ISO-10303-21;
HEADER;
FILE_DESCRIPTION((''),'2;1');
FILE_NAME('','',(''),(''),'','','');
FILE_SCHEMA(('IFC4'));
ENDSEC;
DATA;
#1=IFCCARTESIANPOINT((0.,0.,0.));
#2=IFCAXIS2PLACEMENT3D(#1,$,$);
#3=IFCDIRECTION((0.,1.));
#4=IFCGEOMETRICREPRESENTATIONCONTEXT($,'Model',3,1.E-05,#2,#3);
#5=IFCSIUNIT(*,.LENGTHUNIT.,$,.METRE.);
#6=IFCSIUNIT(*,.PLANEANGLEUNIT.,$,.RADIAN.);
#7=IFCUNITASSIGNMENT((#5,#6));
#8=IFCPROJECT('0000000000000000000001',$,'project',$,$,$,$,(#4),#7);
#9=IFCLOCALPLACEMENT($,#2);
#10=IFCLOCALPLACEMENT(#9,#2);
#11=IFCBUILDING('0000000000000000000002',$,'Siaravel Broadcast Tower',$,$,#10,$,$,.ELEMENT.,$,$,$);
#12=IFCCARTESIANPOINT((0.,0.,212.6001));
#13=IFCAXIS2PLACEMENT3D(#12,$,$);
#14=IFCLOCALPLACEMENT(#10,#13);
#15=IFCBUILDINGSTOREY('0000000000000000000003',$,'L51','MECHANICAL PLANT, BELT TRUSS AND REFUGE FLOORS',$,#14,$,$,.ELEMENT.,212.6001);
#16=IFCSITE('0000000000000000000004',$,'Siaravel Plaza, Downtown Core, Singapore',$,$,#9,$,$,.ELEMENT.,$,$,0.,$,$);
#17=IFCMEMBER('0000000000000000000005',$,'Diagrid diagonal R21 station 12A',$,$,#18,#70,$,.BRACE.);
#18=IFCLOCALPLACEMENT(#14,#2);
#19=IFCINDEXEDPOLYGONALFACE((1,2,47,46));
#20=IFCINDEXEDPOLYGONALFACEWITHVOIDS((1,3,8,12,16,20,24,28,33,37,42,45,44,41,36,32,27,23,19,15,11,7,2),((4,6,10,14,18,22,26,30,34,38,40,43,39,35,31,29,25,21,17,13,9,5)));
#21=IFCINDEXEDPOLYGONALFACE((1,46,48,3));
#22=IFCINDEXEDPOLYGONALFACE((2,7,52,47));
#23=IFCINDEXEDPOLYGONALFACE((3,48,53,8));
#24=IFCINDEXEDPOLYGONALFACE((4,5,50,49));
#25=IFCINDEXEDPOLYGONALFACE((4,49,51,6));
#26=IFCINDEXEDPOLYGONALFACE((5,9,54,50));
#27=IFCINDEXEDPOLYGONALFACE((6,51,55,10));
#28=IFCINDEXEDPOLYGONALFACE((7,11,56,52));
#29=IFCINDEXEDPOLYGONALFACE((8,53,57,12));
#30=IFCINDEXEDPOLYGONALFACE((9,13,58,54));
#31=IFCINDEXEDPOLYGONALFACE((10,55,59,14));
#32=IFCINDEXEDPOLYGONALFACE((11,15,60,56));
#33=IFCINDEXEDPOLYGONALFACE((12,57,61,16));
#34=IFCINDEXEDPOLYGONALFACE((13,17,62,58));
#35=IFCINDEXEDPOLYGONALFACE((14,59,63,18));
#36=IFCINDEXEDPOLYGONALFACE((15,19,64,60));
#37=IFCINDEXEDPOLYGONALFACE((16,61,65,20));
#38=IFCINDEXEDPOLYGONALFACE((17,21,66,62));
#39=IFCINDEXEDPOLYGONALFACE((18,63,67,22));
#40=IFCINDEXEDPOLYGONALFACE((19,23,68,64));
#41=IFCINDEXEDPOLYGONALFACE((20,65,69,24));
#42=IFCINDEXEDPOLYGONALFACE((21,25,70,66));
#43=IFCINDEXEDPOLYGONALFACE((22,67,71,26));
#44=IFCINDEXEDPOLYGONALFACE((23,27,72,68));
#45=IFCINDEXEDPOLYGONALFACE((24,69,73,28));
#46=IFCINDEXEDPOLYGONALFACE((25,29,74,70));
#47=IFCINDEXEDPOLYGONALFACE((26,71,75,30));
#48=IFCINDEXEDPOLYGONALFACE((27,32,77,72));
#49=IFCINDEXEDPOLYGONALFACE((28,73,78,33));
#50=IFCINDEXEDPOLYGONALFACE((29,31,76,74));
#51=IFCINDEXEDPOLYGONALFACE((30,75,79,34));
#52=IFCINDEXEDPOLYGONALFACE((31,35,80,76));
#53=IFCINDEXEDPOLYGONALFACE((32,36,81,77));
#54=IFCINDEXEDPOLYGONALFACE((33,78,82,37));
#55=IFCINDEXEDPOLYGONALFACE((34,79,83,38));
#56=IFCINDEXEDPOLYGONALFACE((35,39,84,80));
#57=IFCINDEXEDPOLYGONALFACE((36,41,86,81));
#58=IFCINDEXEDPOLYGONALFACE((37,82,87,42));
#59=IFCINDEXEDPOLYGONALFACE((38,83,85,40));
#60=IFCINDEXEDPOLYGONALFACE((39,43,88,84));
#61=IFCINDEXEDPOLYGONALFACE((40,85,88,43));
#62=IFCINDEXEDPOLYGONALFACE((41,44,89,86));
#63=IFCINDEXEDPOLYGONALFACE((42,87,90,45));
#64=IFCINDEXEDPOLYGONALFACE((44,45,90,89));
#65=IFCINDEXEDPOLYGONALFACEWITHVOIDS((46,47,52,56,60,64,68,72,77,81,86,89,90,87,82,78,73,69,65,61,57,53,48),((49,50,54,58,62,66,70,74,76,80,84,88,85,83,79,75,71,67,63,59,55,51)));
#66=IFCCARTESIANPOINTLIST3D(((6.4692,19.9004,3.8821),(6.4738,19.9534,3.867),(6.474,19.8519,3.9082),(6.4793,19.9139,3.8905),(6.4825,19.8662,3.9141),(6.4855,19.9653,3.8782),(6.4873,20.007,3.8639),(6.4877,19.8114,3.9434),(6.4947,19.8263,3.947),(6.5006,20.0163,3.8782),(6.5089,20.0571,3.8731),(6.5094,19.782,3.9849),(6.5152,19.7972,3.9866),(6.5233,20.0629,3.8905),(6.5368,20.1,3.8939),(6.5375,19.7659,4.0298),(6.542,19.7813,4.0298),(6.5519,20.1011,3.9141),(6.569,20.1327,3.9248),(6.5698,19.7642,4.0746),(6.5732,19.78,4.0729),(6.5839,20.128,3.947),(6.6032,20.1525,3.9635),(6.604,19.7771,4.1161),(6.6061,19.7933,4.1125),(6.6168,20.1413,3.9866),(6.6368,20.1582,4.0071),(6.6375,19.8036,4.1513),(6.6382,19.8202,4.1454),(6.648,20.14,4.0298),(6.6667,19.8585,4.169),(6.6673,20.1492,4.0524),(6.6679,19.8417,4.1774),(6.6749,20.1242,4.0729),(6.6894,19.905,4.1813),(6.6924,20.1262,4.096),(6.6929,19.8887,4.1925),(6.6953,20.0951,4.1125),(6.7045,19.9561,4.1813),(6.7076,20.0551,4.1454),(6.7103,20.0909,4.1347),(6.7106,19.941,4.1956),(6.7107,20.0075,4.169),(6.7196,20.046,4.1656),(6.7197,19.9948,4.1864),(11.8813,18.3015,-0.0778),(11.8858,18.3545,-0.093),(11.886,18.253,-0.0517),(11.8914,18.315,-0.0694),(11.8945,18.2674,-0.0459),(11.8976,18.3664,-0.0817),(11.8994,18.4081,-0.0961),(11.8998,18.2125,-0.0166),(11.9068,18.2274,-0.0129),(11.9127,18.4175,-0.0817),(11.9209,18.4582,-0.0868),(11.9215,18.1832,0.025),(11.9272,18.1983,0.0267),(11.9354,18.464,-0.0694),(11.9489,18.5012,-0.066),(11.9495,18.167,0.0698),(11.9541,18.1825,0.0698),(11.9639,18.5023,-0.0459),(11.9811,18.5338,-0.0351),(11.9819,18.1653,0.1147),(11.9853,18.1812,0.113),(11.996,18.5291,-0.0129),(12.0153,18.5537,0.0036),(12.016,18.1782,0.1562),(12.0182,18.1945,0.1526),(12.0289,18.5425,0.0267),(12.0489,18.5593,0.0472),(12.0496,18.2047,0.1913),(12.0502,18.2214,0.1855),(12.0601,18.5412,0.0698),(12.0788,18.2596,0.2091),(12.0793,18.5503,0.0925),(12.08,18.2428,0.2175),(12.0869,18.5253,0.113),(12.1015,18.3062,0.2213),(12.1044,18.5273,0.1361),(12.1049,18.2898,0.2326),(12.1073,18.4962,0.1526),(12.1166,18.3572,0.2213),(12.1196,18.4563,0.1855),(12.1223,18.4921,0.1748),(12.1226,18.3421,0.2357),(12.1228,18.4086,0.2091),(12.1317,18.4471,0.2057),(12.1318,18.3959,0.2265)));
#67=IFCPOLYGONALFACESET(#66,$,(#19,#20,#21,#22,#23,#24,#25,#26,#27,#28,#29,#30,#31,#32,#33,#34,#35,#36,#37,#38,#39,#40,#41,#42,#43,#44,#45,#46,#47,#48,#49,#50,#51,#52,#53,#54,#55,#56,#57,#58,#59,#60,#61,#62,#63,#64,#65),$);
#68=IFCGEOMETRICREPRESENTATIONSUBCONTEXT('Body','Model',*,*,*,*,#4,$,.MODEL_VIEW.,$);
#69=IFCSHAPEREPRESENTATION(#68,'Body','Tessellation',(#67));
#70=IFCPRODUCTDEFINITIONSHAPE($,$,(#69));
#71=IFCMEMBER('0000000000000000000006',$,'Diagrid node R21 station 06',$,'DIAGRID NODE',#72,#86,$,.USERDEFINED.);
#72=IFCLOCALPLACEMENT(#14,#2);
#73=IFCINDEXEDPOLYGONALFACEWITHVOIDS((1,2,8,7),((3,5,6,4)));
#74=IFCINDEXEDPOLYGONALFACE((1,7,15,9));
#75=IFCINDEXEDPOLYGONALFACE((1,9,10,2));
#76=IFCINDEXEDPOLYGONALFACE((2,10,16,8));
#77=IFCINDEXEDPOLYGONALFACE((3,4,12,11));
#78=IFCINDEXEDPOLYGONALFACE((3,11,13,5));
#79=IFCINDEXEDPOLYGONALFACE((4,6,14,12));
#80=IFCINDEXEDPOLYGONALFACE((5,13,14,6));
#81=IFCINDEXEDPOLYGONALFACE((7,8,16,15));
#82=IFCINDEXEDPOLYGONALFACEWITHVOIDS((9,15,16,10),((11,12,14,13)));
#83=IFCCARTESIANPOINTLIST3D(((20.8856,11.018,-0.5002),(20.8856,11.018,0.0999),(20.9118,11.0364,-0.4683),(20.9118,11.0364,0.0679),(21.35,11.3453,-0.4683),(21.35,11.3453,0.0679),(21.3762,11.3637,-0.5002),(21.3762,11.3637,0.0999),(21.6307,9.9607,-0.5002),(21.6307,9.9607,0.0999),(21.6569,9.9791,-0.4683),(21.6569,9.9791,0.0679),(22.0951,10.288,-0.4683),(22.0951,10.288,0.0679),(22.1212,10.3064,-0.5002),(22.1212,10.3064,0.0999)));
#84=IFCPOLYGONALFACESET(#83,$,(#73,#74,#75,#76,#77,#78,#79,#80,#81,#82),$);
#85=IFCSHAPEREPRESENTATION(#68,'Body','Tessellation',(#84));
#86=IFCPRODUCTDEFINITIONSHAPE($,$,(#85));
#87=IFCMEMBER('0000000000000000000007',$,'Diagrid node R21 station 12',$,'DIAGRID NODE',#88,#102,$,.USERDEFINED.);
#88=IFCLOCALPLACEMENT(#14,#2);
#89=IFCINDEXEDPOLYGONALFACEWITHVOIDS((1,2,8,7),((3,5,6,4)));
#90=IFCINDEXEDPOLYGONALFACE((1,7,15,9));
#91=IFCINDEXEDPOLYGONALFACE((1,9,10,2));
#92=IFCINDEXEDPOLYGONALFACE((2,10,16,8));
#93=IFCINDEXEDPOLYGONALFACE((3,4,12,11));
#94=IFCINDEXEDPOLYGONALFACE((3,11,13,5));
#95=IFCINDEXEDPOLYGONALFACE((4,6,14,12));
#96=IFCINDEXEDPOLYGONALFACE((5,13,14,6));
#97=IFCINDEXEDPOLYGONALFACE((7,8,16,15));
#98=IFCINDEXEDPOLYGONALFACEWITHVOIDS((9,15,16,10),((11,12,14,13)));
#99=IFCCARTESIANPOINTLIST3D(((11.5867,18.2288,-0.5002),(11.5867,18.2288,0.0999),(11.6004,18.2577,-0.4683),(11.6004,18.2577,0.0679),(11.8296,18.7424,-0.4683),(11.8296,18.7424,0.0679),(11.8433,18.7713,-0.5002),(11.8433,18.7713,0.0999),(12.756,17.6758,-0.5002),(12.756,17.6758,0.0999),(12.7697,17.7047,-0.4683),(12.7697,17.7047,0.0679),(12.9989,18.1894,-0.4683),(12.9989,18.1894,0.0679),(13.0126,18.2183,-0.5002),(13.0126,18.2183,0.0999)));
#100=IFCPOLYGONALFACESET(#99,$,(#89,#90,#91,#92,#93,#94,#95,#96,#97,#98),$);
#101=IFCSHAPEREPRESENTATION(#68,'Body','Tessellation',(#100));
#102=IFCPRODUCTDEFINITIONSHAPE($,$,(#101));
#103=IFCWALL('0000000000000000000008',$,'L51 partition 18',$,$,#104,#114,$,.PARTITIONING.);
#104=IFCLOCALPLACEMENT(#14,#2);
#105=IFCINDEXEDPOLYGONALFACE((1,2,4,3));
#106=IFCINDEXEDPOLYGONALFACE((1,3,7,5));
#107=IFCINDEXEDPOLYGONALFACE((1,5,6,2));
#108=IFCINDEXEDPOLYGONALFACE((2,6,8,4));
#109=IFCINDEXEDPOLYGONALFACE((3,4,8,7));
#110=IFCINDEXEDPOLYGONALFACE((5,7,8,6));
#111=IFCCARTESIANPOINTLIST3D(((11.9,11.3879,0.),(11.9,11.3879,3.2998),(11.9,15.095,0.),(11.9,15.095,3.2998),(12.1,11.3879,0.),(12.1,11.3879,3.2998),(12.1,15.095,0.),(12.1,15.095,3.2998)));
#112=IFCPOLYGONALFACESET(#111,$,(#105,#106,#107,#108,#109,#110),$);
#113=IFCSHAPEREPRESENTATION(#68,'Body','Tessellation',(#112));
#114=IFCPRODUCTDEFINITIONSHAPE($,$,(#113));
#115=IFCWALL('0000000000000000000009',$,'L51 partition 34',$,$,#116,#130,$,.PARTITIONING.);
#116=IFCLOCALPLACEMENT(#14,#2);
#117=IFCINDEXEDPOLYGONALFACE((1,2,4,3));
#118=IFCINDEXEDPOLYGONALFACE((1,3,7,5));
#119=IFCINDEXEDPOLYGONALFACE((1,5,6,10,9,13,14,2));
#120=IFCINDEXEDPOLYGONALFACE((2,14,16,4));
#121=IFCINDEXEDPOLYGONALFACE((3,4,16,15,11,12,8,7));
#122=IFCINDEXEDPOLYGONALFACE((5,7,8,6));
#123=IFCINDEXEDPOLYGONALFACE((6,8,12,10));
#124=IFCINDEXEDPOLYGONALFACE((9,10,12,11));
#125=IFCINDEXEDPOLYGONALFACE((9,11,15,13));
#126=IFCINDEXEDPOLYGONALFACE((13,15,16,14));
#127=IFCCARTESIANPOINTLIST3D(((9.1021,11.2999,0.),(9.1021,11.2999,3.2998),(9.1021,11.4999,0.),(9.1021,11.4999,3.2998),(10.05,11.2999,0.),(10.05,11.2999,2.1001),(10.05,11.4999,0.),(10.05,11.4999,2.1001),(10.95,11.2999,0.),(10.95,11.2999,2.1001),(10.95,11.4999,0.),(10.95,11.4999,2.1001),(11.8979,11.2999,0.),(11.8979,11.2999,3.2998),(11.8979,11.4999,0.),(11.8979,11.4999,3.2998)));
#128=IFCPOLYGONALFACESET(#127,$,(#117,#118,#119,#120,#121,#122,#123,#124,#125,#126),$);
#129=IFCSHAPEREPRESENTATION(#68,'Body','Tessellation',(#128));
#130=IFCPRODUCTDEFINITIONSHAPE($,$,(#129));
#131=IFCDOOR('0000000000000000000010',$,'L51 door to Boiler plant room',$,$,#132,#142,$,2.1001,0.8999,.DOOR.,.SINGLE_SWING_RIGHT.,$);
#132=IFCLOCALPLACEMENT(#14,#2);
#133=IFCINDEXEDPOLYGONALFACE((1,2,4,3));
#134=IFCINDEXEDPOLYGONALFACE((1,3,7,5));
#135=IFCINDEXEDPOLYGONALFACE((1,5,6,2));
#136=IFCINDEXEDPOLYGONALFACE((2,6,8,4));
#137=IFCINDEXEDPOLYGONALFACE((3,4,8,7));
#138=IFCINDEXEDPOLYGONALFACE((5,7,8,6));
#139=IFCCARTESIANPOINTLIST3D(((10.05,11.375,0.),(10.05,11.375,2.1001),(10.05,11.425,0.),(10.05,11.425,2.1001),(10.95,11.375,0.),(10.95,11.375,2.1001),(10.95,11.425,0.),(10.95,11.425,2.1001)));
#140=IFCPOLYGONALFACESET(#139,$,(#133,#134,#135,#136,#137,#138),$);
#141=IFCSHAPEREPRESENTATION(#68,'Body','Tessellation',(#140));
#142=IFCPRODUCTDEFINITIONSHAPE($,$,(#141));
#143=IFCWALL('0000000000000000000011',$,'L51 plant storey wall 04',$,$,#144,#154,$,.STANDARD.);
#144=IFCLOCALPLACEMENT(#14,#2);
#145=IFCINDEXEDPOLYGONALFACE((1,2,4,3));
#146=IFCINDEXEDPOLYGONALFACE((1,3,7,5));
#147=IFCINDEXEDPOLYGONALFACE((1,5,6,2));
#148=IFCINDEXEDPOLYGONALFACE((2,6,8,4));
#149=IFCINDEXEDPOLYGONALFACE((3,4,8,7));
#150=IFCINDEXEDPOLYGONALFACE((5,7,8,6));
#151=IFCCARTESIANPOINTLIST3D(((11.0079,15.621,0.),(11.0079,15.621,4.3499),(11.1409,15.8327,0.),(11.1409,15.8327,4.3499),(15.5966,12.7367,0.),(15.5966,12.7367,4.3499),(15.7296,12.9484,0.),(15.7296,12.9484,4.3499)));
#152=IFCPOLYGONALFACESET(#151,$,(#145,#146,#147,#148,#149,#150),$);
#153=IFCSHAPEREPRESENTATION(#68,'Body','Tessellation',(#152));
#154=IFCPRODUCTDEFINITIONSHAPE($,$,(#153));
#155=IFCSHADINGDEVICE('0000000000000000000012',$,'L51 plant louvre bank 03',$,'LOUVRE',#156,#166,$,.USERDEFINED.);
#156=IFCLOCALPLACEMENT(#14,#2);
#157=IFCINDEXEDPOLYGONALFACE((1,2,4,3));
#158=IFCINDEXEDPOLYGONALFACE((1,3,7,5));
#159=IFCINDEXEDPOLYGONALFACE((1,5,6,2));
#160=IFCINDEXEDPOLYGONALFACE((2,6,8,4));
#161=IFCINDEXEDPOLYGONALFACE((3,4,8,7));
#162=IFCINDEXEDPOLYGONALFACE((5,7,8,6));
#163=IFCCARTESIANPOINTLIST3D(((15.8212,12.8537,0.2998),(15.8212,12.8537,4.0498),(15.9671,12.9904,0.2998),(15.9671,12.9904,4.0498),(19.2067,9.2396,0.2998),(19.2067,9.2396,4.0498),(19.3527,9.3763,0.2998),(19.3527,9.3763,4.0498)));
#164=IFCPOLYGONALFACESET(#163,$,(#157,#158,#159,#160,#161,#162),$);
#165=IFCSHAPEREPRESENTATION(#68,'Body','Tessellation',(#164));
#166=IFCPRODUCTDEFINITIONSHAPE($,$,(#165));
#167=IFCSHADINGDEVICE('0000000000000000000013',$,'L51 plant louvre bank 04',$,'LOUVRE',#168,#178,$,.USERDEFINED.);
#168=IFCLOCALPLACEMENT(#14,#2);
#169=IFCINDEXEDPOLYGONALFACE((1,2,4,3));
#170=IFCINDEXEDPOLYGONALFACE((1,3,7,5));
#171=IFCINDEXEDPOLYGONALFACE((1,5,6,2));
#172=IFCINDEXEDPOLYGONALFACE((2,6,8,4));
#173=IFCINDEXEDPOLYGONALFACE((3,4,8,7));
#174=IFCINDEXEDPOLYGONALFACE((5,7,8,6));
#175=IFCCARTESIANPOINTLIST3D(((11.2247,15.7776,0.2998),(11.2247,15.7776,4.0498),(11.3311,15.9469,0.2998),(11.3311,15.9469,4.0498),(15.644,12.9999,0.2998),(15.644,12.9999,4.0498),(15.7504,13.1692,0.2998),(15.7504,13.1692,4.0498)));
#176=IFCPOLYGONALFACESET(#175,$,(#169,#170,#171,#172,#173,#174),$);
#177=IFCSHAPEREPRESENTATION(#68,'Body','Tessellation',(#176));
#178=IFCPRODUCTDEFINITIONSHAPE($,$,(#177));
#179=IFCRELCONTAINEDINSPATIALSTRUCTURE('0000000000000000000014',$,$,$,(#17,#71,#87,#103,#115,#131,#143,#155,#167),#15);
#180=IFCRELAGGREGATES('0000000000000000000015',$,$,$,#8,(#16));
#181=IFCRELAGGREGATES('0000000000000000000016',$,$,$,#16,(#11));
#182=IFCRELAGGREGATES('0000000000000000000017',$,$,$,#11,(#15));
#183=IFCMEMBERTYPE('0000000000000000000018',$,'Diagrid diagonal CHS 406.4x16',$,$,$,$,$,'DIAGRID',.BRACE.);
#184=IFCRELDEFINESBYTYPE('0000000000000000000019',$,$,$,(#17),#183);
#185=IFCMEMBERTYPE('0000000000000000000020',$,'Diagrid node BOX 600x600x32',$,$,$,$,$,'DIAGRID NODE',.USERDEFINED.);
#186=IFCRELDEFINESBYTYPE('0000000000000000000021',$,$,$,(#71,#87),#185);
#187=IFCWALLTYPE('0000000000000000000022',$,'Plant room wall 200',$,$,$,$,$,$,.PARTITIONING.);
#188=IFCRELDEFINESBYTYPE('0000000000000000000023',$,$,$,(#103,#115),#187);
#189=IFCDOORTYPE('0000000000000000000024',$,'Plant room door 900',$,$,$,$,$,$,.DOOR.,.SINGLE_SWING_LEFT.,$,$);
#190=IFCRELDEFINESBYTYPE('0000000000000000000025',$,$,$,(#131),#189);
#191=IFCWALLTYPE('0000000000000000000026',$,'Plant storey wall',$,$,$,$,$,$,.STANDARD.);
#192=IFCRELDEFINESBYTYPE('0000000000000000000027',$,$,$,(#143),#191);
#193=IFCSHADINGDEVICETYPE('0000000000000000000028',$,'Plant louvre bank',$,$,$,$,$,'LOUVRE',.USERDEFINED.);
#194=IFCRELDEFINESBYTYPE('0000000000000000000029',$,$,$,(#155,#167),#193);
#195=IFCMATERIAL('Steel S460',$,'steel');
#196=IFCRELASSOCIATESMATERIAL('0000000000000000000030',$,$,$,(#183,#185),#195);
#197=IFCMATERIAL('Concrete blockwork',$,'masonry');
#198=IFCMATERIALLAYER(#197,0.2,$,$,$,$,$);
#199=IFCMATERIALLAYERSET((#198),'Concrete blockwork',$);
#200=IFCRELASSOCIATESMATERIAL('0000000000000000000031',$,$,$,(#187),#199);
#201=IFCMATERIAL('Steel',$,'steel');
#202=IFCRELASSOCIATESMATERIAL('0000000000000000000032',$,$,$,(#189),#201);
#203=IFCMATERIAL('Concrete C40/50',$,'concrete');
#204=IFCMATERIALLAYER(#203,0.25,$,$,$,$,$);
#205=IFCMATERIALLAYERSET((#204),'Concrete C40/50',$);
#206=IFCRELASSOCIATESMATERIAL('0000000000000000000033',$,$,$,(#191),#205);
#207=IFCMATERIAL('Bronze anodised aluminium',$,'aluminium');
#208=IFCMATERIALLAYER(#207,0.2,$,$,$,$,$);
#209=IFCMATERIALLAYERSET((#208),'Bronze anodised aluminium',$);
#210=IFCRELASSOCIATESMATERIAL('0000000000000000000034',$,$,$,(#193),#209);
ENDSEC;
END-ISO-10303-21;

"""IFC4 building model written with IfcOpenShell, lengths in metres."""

from ifc_helpers import new_model, si_unit, direction, frame, frame_2d, origin, origin_2d, place, context, subcontext, project, spatial, rectangle, hollow_rectangle, hollow_circle, extrude, material, layer, layer_set, material_profile, profile_set, type_object, element, fill, save


model = new_model("IFC4")

# Units and contexts
model_context = context("Model", 3, precision=1e-05, world=origin(), true_north=direction((0.0, 1.0)))
body_context = subcontext(model_context, "Body", "Model", "MODEL_VIEW")
ifc_project = project(units=[si_unit("LENGTHUNIT", "METRE"), si_unit("PLANEANGLEUNIT", "RADIAN")], contexts=[model_context])

# Site, building, storey
site_placement = place(None, origin())
site = spatial("IfcSite", under=ifc_project, at=site_placement, Name="Siaravel Plaza, Downtown Core, Singapore", CompositionType="ELEMENT", RefElevation=0.0)
building_placement = place(site_placement, origin())
building = spatial("IfcBuilding", under=site, at=building_placement, Name="Siaravel Broadcast Tower", CompositionType="ELEMENT")
storey_placement = place(building_placement, frame((0.0, 0.0, 212.6001)))
storey = spatial("IfcBuildingStorey", under=building, at=storey_placement, Name="L51", Description="MECHANICAL PLANT, BELT TRUSS AND REFUGE FLOORS", CompositionType="ELEMENT", Elevation=212.6001)

# Shared definitions
ifc_material_1 = material(Name="Steel S460", Category="steel")

# Members
ifc_material_profile_1 = material_profile(ifc_material_1, hollow_circle(Radius=0.2031, WallThickness=0.0161, at=origin_2d()))
ifc_profile_set_1 = profile_set([ifc_material_profile_1], Name="Steel S460")
member_type_1 = type_object("IfcMemberType", Name="Diagrid diagonal CHS 406.4x16", ElementType="DIAGRID", PredefinedType="BRACE", material=ifc_profile_set_1)
member_1_placement = place(storey_placement, frame((12.0071, 18.3618, 0.0698), z_axis=(-0.785035, 0.23192, 0.574398), x_axis=(-0.283321, -0.959025, 0.0)))
element("IfcMember", 1, at=member_1_placement, inside=storey, type_object=member_type_1, Name="Diagrid diagonal R21 station 12A", PredefinedType="BRACE", context=body_context, shape_type="SweptSolid", body=[
    extrude(hollow_circle(Radius=0.2031, WallThickness=0.0161, at=origin_2d()), origin(), (0.0, 0.0, 1.0), 6.894),
])
ifc_material_profile_2 = material_profile(ifc_material_1, hollow_rectangle(XDim=0.6001, YDim=0.6001, WallThickness=0.032, at=origin_2d()))
ifc_profile_set_2 = profile_set([ifc_material_profile_2], Name="Steel S460")
member_type_2 = type_object("IfcMemberType", Name="Diagrid node BOX 600x600x32", ElementType="DIAGRID NODE", PredefinedType="USERDEFINED", material=ifc_profile_set_2)
for number, where, z_axis, x_axis, name in (
    (2, (21.876, 10.1335, -0.2002), (-0.576031, 0.817428, 0.0), (-0.817428, -0.576031, 0.0), "Diagrid node R21 station 06"),
    (3, (12.8843, 17.947, -0.2002), (-0.903991, 0.427551, 0.0), (-0.427551, -0.903991, 0.0), "Diagrid node R21 station 12"),
):
    element("IfcMember", number, at=place(storey_placement, frame(where, z_axis=z_axis, x_axis=x_axis)), inside=storey, type_object=member_type_2, Name=name, ObjectType="DIAGRID NODE", PredefinedType="USERDEFINED", context=body_context, shape_type="SweptSolid", body=[
        extrude(hollow_rectangle(XDim=0.6001, YDim=0.6001, WallThickness=0.032, at=origin_2d()), origin(), (0.0, 0.0, 1.0), 1.2935),
    ])

# Wall
ifc_material_2 = material(Name="Concrete blockwork", Category="masonry")
ifc_layer_1 = layer(ifc_material_2, 0.2)
ifc_layer_set_1 = layer_set([ifc_layer_1], Name="Concrete blockwork")
wall_type_1 = type_object("IfcWallType", Name="Plant room wall 200", PredefinedType="PARTITIONING", material=ifc_layer_set_1)
wall_1_placement = place(storey_placement, frame((12.0, 11.3879, 0.0), z_axis=(0.0, 0.0, 1.0), x_axis=(0.0, 1.0, 0.0)))
element("IfcWall", 4, at=wall_1_placement, inside=storey, type_object=wall_type_1, Name="L51 partition 18", PredefinedType="PARTITIONING", context=body_context, shape_type="SweptSolid", body=[
    extrude(rectangle(XDim=3.707, YDim=0.2, at=frame_2d((1.8535, 0.0))), origin(), (0.0, 0.0, 1.0), 3.2998),
])

# Wall, opening, door
wall_2_placement = place(storey_placement, frame((11.8979, 11.3999, 0.0), z_axis=(0.0, 0.0, 1.0), x_axis=(-1.0, 0.0, 0.0)))
wall_2 = element("IfcWall", 5, at=wall_2_placement, inside=storey, type_object=wall_type_1, Name="L51 partition 34", PredefinedType="PARTITIONING", context=body_context, shape_type="SweptSolid", body=[
    extrude(rectangle(XDim=2.7959, YDim=0.2, at=frame_2d((1.3979, 0.0))), origin(), (0.0, 0.0, 1.0), 3.2998),
])
opening_placement = place(wall_2_placement, frame((0.948, 0.0, 0.0)))
opening = element("IfcOpeningElement", 6, at=opening_placement, cuts=wall_2, PredefinedType="OPENING", context=body_context, shape_type="SweptSolid", body=[
    extrude(rectangle(XDim=0.8999, YDim=2.1001, at=frame_2d((0.45, 1.05))), frame((0.0, 0.1099, 0.0), z_axis=(0.0, -1.0, 0.0), x_axis=(1.0, 0.0, 0.0)), (0.0, 0.0, 1.0), 0.22),
])
ifc_material_3 = material(Name="Steel", Category="steel")
door_type = type_object("IfcDoorType", Name="Plant room door 900", OperationType="SINGLE_SWING_LEFT", PredefinedType="DOOR", material=ifc_material_3)
door_placement = place(opening_placement, origin())
door = element("IfcDoor", 7, at=door_placement, inside=storey, type_object=door_type, Name="L51 door to Boiler plant room", OperationType="SINGLE_SWING_RIGHT", OverallHeight=2.1001, OverallWidth=0.8999, PredefinedType="DOOR", context=body_context, shape_type="SweptSolid", body=[
    extrude(rectangle(XDim=0.8999, YDim=2.1001, at=frame_2d((0.45, 1.05))), frame((0.0, 0.0249, 0.0), z_axis=(0.0, -1.0, 0.0), x_axis=(1.0, 0.0, 0.0)), (0.0, 0.0, 1.0), 0.05),
])
fill(opening, door)

# Wall
ifc_material_4 = material(Name="Concrete C40/50", Category="concrete")
ifc_layer_2 = layer(ifc_material_4, 0.25)
ifc_layer_set_2 = layer_set([ifc_layer_2], Name="Concrete C40/50")
wall_type_2 = type_object("IfcWallType", Name="Plant storey wall", PredefinedType="STANDARD", material=ifc_layer_set_2)
wall_3_placement = place(storey_placement, frame((15.6631, 12.8425, 0.0), z_axis=(0.0, 0.0, 1.0), x_axis=(-0.846637, 0.532172, 0.0)))
element("IfcWall", 8, at=wall_3_placement, inside=storey, type_object=wall_type_2, Name="L51 plant storey wall 04", PredefinedType="STANDARD", context=body_context, shape_type="SweptSolid", body=[
    extrude(rectangle(XDim=5.4199, YDim=0.25, at=frame_2d((2.71, 0.0))), origin(), (0.0, 0.0, 1.0), 4.3499),
])

# Shading devices
ifc_material_5 = material(Name="Bronze anodised aluminium", Category="aluminium")
ifc_layer_3 = layer(ifc_material_5, 0.2)
ifc_layer_set_3 = layer_set([ifc_layer_3], Name="Bronze anodised aluminium")
shading_device_type = type_object("IfcShadingDeviceType", Name="Plant louvre bank", ElementType="LOUVRE", PredefinedType="USERDEFINED", material=ifc_layer_set_3)
shading_device_1_placement = place(storey_placement, frame((17.5869, 11.115, 0.2998), z_axis=(0.0, 0.0, 1.0), x_axis=(-0.683656, 0.729804, 0.0)))
element("IfcShadingDevice", 9, at=shading_device_1_placement, inside=storey, type_object=shading_device_type, Name="L51 plant louvre bank 03", ObjectType="LOUVRE", PredefinedType="USERDEFINED", context=body_context, shape_type="SweptSolid", body=[
    extrude(rectangle(XDim=4.9521, YDim=0.2, at=origin_2d()), origin(), (0.0, 0.0, 1.0), 3.75),
])
shading_device_2_placement = place(storey_placement, frame((13.4875, 14.4734, 0.2998), z_axis=(0.0, 0.0, 1.0), x_axis=(-0.84665, 0.532149, 0.0)))
element("IfcShadingDevice", 10, at=shading_device_2_placement, inside=storey, type_object=shading_device_type, Name="L51 plant louvre bank 04", ObjectType="LOUVRE", PredefinedType="USERDEFINED", context=body_context, shape_type="SweptSolid", body=[
    extrude(rectangle(XDim=5.2197, YDim=0.2, at=origin_2d()), origin(), (0.0, 0.0, 1.0), 3.75),
])

save(model, "model.ifc")
